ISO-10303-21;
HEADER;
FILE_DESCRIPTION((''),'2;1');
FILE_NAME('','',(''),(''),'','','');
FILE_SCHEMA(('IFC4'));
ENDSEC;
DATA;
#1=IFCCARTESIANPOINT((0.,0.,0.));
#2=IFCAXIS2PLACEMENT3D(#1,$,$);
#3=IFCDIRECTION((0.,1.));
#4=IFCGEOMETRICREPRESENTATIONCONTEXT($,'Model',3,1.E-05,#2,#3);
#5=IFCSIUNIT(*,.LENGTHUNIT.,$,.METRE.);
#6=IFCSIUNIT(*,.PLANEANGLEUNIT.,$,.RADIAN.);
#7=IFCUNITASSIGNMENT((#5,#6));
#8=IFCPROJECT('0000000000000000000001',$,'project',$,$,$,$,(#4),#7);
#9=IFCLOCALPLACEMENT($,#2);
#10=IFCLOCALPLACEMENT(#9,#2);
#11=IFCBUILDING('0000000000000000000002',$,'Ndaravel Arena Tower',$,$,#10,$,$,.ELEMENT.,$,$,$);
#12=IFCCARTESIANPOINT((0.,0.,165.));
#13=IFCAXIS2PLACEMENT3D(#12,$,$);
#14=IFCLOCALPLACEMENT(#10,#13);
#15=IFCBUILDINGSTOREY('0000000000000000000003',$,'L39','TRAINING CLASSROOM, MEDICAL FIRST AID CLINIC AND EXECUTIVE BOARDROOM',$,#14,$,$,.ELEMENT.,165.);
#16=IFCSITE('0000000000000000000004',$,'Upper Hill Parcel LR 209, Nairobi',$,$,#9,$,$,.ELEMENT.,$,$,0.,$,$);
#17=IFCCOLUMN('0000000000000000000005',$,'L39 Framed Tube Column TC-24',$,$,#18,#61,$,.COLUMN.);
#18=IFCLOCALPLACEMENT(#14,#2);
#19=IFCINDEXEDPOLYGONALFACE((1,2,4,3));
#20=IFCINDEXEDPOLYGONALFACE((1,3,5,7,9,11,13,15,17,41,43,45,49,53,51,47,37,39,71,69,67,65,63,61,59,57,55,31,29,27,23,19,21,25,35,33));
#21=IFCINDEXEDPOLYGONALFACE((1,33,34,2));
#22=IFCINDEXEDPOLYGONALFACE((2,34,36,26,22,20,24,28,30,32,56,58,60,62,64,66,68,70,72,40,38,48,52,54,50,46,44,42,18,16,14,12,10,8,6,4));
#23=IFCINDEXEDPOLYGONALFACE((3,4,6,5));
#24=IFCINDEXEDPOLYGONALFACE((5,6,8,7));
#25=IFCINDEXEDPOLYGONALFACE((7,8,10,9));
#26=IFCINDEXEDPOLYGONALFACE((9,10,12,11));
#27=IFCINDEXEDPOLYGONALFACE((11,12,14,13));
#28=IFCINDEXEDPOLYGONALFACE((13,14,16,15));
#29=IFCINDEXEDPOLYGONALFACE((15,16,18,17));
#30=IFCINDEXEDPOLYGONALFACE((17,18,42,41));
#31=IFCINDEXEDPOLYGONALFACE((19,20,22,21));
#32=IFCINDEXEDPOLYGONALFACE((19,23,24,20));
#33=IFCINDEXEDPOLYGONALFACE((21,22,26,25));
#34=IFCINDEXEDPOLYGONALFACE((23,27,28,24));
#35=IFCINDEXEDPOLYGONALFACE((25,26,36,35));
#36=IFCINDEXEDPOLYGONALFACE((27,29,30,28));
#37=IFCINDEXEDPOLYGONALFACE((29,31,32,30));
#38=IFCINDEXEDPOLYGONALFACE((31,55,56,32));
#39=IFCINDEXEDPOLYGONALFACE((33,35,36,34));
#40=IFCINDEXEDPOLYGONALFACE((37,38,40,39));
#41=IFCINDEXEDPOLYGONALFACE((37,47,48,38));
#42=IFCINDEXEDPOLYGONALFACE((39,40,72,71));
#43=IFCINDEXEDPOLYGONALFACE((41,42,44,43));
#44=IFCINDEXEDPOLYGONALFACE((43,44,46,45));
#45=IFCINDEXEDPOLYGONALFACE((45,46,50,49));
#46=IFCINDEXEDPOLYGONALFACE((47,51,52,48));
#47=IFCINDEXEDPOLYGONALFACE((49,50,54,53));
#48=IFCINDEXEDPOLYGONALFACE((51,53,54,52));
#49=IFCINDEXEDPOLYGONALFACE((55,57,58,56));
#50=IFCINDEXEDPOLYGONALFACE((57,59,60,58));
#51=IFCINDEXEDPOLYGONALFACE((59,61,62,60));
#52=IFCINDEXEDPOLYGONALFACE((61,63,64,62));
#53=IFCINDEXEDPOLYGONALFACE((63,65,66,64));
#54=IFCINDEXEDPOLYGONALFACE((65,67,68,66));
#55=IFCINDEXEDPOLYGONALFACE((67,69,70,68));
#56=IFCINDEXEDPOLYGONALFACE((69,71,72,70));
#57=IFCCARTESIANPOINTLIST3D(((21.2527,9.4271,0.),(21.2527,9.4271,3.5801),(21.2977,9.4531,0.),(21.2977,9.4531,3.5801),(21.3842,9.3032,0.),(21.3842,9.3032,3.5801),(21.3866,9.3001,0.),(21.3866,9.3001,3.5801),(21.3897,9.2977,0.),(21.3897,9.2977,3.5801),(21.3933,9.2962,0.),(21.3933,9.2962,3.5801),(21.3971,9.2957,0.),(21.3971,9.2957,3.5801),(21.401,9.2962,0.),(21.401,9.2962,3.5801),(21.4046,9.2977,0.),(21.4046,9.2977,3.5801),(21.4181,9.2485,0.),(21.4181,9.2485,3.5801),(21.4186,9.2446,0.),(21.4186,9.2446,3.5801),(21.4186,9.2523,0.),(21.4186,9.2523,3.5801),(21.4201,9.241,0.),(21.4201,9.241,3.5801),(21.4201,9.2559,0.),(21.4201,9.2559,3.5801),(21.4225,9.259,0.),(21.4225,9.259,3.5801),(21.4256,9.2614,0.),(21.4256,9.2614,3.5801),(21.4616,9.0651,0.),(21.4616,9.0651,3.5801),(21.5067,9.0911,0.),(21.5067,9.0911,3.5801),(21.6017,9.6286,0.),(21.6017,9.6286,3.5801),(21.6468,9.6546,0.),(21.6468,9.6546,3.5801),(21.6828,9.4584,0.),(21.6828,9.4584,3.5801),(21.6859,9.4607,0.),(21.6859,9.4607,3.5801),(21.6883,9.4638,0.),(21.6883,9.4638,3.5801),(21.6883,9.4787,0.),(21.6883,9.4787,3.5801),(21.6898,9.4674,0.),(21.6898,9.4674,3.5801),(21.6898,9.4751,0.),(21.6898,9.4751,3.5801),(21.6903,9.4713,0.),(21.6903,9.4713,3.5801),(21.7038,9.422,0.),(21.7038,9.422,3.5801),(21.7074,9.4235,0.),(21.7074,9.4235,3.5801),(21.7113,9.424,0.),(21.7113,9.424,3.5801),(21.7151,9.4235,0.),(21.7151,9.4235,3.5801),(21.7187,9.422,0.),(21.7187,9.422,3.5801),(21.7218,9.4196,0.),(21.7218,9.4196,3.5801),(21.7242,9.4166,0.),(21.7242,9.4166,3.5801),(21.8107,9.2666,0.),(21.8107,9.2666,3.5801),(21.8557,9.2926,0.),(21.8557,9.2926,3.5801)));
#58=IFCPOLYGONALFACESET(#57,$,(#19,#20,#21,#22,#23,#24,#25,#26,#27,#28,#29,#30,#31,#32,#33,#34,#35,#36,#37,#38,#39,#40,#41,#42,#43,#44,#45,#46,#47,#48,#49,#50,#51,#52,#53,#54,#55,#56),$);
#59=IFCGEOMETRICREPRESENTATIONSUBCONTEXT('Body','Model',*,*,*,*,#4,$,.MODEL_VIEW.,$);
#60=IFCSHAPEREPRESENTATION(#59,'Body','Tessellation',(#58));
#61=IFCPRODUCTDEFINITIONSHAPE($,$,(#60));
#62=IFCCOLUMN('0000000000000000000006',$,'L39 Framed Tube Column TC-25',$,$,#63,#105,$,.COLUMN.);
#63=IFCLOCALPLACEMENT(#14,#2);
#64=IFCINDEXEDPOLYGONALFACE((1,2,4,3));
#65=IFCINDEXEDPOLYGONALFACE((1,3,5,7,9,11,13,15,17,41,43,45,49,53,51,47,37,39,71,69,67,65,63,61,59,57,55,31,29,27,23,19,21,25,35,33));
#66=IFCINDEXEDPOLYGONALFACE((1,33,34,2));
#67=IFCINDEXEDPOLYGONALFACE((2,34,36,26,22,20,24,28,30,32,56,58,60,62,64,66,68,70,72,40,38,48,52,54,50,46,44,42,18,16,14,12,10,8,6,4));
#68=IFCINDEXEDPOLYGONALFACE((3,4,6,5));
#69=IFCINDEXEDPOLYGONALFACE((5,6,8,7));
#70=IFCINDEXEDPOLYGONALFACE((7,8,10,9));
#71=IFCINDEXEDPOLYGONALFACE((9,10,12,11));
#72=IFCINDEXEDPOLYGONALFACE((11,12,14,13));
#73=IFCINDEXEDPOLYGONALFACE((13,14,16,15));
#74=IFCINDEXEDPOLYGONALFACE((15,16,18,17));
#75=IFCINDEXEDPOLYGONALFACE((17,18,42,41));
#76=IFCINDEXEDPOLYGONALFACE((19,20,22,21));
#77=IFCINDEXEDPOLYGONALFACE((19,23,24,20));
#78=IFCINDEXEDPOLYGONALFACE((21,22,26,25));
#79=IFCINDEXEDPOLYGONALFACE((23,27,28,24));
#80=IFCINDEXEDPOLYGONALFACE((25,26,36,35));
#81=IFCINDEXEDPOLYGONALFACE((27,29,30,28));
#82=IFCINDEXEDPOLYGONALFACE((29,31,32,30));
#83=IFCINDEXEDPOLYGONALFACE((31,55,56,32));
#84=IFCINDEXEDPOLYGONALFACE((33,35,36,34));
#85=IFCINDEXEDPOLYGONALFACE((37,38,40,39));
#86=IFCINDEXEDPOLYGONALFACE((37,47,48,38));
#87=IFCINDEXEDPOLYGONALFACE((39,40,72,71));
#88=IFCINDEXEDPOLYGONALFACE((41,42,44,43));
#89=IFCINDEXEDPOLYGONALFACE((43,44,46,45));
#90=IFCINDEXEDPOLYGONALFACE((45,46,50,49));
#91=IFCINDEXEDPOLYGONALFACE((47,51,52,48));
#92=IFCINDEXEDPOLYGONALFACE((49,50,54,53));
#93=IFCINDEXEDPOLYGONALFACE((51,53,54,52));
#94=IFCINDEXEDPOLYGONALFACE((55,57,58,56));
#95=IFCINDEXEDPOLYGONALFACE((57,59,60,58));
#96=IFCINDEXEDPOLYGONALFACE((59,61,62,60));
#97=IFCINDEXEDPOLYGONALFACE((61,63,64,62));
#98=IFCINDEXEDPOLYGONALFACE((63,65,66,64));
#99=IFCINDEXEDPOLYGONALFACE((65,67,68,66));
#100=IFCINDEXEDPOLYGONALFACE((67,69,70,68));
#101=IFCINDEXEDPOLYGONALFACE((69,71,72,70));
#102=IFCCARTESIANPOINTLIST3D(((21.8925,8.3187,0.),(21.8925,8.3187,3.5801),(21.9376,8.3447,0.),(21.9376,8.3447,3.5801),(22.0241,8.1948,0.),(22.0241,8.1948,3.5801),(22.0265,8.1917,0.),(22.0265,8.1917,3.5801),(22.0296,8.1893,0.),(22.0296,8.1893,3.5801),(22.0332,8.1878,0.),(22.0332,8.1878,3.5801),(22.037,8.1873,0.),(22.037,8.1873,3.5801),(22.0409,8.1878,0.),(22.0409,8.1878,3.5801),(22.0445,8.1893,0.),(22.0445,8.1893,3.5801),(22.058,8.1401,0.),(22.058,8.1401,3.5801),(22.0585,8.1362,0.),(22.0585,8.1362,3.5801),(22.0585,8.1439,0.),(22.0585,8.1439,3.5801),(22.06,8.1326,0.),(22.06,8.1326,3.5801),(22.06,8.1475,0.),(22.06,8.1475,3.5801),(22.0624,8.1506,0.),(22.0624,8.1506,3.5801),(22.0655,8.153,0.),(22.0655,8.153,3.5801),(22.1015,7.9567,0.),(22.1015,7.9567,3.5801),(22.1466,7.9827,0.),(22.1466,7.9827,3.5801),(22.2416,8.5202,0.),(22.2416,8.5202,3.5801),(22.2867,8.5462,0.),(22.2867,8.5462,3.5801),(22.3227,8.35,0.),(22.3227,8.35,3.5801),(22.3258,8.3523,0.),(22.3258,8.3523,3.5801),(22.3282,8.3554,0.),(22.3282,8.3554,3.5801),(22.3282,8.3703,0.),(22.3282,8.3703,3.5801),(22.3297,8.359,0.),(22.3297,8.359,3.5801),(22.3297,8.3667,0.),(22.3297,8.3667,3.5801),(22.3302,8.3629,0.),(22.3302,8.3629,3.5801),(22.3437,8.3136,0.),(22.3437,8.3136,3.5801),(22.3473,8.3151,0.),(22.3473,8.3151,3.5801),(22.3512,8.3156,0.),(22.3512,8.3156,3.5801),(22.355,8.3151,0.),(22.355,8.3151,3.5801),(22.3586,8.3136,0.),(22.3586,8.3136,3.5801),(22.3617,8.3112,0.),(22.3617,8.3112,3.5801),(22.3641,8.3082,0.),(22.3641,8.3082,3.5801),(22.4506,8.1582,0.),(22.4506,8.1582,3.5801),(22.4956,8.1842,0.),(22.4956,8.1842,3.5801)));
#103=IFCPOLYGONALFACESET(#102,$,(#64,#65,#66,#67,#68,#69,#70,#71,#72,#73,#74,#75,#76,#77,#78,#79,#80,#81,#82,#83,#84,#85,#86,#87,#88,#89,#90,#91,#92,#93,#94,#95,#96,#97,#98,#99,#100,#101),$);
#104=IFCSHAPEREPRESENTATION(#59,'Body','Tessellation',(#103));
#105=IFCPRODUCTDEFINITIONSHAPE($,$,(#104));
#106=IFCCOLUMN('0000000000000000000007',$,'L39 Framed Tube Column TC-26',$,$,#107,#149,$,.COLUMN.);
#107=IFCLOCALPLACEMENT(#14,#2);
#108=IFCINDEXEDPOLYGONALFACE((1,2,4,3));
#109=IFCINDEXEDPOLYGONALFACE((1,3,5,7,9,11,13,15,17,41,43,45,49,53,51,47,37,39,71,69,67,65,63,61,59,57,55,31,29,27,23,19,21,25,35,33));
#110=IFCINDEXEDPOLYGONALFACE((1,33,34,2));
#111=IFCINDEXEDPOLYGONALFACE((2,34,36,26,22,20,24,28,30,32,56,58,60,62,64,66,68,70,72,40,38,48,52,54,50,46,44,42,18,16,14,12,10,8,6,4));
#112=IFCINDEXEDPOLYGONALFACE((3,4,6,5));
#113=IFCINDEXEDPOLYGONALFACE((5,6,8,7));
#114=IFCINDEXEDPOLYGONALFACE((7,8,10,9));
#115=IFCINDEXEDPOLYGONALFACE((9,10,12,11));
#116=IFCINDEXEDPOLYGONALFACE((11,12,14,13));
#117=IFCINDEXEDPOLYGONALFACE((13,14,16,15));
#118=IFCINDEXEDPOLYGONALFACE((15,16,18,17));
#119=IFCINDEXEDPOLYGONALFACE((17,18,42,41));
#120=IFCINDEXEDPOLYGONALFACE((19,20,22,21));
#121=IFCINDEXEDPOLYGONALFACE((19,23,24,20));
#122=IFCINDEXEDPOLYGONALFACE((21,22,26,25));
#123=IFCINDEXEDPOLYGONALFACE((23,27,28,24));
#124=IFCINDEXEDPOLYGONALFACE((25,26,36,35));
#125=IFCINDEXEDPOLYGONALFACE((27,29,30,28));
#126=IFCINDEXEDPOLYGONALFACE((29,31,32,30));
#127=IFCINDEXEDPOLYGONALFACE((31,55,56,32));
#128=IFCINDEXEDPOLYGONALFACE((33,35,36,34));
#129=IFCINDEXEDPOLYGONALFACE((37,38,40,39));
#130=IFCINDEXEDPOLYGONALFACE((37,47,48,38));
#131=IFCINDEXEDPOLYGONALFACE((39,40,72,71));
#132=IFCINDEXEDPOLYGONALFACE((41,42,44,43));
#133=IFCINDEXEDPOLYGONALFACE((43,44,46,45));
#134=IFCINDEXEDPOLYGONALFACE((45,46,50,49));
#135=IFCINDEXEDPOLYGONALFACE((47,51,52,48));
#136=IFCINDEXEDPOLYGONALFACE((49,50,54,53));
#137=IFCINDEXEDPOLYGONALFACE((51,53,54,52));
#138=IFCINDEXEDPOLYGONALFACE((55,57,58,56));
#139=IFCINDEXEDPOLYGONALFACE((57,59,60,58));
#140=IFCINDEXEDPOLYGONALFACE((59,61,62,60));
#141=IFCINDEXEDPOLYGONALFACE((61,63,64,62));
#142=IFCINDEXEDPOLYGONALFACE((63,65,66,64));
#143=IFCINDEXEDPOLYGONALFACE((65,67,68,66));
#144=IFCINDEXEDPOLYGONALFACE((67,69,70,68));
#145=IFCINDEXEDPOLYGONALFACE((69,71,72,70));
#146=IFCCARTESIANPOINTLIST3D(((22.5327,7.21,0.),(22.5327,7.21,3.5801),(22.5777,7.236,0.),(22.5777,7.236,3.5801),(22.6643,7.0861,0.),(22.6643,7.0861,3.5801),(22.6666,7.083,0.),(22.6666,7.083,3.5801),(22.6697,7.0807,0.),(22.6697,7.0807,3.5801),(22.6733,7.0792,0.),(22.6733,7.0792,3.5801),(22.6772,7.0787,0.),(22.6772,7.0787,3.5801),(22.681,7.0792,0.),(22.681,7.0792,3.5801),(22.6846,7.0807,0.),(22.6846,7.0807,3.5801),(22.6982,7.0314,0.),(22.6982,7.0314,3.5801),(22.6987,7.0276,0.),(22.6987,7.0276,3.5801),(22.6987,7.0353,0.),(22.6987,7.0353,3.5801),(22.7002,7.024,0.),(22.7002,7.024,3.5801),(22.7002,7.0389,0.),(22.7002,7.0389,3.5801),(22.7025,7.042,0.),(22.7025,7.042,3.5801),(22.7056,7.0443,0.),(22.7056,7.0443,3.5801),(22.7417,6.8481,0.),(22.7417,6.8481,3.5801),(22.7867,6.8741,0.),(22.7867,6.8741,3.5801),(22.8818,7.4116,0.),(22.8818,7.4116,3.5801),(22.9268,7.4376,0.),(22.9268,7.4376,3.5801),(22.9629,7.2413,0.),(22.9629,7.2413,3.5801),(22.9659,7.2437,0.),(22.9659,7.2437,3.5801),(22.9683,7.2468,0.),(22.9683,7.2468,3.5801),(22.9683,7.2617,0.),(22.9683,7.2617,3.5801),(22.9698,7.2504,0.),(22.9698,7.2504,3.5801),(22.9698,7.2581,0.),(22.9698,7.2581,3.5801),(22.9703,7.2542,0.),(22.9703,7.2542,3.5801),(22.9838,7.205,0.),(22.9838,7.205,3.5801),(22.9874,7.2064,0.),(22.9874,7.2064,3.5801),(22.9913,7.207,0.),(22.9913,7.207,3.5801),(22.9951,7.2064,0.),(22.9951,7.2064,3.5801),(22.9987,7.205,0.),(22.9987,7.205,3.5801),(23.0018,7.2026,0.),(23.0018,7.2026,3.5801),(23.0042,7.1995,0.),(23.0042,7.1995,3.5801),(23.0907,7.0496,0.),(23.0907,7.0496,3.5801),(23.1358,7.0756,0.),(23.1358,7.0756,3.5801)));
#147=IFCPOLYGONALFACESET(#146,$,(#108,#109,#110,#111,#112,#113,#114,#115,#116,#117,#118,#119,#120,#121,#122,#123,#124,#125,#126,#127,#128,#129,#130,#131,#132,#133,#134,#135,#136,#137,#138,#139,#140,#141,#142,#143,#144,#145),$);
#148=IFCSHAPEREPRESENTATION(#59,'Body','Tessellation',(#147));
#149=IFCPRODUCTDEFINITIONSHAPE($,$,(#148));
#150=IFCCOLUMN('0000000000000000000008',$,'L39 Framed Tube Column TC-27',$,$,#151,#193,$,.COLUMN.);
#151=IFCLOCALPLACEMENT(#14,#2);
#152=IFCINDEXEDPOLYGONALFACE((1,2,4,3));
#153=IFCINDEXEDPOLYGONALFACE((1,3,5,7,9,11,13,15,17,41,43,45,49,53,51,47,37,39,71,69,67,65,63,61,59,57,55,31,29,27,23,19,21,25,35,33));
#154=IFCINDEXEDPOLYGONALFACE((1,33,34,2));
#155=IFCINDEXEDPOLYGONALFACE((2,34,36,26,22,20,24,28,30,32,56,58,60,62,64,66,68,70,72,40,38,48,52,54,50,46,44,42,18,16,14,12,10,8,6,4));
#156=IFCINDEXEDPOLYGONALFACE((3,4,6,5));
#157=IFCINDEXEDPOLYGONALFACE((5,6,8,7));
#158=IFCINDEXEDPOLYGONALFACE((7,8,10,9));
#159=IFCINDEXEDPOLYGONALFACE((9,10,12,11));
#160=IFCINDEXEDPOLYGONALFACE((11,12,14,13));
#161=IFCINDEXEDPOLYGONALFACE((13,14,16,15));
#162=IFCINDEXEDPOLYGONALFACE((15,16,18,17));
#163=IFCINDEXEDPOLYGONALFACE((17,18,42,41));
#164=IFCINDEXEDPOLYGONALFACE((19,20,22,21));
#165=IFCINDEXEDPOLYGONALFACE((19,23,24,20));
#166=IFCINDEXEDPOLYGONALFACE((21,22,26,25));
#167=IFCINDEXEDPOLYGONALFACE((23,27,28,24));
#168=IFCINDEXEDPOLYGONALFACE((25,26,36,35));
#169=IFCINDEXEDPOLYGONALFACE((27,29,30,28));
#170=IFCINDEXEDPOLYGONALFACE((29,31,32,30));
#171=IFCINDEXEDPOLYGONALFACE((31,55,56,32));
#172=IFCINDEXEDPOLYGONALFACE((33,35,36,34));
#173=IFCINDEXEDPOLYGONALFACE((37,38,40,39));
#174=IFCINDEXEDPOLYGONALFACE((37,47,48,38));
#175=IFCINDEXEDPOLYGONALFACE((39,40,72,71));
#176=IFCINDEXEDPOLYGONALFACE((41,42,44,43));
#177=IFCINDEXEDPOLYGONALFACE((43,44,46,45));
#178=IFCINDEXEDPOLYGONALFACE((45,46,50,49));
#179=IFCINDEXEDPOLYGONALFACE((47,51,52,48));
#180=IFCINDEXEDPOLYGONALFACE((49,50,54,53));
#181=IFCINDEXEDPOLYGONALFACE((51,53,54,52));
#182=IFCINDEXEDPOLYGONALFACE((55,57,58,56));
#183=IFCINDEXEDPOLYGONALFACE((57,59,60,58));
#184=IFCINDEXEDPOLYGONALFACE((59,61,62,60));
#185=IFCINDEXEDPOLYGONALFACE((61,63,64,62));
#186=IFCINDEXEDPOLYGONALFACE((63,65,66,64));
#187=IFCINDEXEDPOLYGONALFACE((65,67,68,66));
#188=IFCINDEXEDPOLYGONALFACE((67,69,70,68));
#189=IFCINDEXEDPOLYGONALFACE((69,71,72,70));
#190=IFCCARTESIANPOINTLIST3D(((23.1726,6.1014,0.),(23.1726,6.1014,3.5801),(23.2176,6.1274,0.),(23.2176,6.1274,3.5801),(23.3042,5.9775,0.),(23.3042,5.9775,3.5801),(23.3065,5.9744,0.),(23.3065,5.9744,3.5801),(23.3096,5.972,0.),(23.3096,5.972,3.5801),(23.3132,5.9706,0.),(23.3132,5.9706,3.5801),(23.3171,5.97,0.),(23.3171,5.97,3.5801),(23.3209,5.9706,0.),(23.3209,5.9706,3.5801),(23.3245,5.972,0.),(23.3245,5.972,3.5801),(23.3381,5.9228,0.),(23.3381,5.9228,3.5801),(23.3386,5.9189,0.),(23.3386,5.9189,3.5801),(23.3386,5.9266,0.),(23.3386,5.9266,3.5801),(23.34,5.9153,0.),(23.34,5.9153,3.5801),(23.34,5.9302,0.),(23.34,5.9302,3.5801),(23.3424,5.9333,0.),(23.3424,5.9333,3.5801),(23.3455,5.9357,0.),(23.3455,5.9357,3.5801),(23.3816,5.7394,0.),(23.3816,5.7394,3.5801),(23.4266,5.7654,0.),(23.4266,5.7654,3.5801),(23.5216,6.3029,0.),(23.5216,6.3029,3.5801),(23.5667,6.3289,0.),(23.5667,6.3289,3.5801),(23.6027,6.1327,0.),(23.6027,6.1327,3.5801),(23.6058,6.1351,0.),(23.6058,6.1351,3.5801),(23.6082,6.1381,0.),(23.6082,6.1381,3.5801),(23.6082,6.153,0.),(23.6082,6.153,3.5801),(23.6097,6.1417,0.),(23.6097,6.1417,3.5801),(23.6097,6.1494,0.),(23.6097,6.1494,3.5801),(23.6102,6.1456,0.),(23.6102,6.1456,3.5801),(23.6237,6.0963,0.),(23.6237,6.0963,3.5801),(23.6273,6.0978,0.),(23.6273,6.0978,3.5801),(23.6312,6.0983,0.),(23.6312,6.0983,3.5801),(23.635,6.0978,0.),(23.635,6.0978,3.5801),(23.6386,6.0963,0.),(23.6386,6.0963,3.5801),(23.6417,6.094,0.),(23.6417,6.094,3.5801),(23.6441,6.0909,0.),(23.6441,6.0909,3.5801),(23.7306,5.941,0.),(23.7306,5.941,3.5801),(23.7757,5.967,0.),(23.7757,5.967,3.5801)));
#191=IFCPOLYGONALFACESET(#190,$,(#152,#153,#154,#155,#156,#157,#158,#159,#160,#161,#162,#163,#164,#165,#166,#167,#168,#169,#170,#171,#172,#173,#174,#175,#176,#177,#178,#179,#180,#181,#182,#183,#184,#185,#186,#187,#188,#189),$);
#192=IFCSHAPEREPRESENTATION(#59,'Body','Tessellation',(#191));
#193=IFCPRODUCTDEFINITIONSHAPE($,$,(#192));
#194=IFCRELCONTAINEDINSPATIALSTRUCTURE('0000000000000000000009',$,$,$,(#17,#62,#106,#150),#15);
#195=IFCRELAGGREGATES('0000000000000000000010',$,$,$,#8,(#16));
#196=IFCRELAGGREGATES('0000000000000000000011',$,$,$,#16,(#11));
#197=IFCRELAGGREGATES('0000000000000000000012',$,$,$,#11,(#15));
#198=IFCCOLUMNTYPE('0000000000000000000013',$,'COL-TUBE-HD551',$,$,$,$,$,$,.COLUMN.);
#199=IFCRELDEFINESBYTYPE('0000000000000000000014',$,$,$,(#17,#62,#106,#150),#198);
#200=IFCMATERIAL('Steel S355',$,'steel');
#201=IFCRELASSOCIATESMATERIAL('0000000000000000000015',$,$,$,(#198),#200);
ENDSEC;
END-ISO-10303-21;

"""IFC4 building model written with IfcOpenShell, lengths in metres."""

from ifc_helpers import new_model, si_unit, direction, frame, origin, origin_2d, place, context, subcontext, project, spatial, i_section, extrude, material, material_profile, profile_set, type_object, element, save


model = new_model("IFC4")

# Units and contexts
model_context = context("Model", 3, precision=1e-05, world=origin(), true_north=direction((0.0, 1.0)))
body_context = subcontext(model_context, "Body", "Model", "MODEL_VIEW")
ifc_project = project(units=[si_unit("LENGTHUNIT", "METRE"), si_unit("PLANEANGLEUNIT", "RADIAN")], contexts=[model_context])

# Site, building, storey
site_placement = place(None, origin())
site = spatial("IfcSite", under=ifc_project, at=site_placement, Name="Upper Hill Parcel LR 209, Nairobi", CompositionType="ELEMENT", RefElevation=0.0)
building_placement = place(site_placement, origin())
building = spatial("IfcBuilding", under=site, at=building_placement, Name="Ndaravel Arena Tower", CompositionType="ELEMENT")
storey_placement = place(building_placement, frame((0.0, 0.0, 165.0)))
storey = spatial("IfcBuildingStorey", under=building, at=storey_placement, Name="L39", Description="TRAINING CLASSROOM, MEDICAL FIRST AID CLINIC AND EXECUTIVE BOARDROOM", CompositionType="ELEMENT", Elevation=165.0)

# Columns
ifc_material_1 = material(Name="Steel S355", Category="steel")
ifc_material_profile_1 = material_profile(ifc_material_1, i_section(OverallWidth=0.418, OverallDepth=0.4551, WebThickness=0.042, FlangeThickness=0.052, FilletRadius=0.0149, at=origin_2d()), Name="HD 400x551")
ifc_profile_set_1 = profile_set([ifc_material_profile_1], Name="Steel S355")
column_type = type_object("IfcColumnType", Name="COL-TUBE-HD551", PredefinedType="COLUMN", material=ifc_profile_set_1)
for number, where, z_axis, x_axis, name in (
    (1, (21.5542, 9.3599, 0.0), (0.0, 0.0, 1.0), (-0.5, 0.866025, 0.0), "L39 Framed Tube Column TC-24"),
    (2, (22.1941, 8.2515, 0.0), (0.0, 0.0, 1.0), (-0.5, 0.866025, 0.0), "L39 Framed Tube Column TC-25"),
    (3, (22.8342, 7.1428, 0.0), (0.0, 0.0, 1.0), (-0.5, 0.866025, 0.0), "L39 Framed Tube Column TC-26"),
    (4, (23.4741, 6.0342, 0.0), (0.0, 0.0, 1.0), (-0.5, 0.866025, 0.0), "L39 Framed Tube Column TC-27"),
):
    element("IfcColumn", number, at=place(storey_placement, frame(where, z_axis=z_axis, x_axis=x_axis)), inside=storey, type_object=column_type, Name=name, PredefinedType="COLUMN", context=body_context, shape_type="SweptSolid", body=[
        extrude(i_section(OverallWidth=0.418, OverallDepth=0.4551, WebThickness=0.042, FlangeThickness=0.052, FilletRadius=0.0149, at=origin_2d()), origin(), (0.0, 0.0, 1.0), 3.5801),
    ])

save(model, "model.ifc")
